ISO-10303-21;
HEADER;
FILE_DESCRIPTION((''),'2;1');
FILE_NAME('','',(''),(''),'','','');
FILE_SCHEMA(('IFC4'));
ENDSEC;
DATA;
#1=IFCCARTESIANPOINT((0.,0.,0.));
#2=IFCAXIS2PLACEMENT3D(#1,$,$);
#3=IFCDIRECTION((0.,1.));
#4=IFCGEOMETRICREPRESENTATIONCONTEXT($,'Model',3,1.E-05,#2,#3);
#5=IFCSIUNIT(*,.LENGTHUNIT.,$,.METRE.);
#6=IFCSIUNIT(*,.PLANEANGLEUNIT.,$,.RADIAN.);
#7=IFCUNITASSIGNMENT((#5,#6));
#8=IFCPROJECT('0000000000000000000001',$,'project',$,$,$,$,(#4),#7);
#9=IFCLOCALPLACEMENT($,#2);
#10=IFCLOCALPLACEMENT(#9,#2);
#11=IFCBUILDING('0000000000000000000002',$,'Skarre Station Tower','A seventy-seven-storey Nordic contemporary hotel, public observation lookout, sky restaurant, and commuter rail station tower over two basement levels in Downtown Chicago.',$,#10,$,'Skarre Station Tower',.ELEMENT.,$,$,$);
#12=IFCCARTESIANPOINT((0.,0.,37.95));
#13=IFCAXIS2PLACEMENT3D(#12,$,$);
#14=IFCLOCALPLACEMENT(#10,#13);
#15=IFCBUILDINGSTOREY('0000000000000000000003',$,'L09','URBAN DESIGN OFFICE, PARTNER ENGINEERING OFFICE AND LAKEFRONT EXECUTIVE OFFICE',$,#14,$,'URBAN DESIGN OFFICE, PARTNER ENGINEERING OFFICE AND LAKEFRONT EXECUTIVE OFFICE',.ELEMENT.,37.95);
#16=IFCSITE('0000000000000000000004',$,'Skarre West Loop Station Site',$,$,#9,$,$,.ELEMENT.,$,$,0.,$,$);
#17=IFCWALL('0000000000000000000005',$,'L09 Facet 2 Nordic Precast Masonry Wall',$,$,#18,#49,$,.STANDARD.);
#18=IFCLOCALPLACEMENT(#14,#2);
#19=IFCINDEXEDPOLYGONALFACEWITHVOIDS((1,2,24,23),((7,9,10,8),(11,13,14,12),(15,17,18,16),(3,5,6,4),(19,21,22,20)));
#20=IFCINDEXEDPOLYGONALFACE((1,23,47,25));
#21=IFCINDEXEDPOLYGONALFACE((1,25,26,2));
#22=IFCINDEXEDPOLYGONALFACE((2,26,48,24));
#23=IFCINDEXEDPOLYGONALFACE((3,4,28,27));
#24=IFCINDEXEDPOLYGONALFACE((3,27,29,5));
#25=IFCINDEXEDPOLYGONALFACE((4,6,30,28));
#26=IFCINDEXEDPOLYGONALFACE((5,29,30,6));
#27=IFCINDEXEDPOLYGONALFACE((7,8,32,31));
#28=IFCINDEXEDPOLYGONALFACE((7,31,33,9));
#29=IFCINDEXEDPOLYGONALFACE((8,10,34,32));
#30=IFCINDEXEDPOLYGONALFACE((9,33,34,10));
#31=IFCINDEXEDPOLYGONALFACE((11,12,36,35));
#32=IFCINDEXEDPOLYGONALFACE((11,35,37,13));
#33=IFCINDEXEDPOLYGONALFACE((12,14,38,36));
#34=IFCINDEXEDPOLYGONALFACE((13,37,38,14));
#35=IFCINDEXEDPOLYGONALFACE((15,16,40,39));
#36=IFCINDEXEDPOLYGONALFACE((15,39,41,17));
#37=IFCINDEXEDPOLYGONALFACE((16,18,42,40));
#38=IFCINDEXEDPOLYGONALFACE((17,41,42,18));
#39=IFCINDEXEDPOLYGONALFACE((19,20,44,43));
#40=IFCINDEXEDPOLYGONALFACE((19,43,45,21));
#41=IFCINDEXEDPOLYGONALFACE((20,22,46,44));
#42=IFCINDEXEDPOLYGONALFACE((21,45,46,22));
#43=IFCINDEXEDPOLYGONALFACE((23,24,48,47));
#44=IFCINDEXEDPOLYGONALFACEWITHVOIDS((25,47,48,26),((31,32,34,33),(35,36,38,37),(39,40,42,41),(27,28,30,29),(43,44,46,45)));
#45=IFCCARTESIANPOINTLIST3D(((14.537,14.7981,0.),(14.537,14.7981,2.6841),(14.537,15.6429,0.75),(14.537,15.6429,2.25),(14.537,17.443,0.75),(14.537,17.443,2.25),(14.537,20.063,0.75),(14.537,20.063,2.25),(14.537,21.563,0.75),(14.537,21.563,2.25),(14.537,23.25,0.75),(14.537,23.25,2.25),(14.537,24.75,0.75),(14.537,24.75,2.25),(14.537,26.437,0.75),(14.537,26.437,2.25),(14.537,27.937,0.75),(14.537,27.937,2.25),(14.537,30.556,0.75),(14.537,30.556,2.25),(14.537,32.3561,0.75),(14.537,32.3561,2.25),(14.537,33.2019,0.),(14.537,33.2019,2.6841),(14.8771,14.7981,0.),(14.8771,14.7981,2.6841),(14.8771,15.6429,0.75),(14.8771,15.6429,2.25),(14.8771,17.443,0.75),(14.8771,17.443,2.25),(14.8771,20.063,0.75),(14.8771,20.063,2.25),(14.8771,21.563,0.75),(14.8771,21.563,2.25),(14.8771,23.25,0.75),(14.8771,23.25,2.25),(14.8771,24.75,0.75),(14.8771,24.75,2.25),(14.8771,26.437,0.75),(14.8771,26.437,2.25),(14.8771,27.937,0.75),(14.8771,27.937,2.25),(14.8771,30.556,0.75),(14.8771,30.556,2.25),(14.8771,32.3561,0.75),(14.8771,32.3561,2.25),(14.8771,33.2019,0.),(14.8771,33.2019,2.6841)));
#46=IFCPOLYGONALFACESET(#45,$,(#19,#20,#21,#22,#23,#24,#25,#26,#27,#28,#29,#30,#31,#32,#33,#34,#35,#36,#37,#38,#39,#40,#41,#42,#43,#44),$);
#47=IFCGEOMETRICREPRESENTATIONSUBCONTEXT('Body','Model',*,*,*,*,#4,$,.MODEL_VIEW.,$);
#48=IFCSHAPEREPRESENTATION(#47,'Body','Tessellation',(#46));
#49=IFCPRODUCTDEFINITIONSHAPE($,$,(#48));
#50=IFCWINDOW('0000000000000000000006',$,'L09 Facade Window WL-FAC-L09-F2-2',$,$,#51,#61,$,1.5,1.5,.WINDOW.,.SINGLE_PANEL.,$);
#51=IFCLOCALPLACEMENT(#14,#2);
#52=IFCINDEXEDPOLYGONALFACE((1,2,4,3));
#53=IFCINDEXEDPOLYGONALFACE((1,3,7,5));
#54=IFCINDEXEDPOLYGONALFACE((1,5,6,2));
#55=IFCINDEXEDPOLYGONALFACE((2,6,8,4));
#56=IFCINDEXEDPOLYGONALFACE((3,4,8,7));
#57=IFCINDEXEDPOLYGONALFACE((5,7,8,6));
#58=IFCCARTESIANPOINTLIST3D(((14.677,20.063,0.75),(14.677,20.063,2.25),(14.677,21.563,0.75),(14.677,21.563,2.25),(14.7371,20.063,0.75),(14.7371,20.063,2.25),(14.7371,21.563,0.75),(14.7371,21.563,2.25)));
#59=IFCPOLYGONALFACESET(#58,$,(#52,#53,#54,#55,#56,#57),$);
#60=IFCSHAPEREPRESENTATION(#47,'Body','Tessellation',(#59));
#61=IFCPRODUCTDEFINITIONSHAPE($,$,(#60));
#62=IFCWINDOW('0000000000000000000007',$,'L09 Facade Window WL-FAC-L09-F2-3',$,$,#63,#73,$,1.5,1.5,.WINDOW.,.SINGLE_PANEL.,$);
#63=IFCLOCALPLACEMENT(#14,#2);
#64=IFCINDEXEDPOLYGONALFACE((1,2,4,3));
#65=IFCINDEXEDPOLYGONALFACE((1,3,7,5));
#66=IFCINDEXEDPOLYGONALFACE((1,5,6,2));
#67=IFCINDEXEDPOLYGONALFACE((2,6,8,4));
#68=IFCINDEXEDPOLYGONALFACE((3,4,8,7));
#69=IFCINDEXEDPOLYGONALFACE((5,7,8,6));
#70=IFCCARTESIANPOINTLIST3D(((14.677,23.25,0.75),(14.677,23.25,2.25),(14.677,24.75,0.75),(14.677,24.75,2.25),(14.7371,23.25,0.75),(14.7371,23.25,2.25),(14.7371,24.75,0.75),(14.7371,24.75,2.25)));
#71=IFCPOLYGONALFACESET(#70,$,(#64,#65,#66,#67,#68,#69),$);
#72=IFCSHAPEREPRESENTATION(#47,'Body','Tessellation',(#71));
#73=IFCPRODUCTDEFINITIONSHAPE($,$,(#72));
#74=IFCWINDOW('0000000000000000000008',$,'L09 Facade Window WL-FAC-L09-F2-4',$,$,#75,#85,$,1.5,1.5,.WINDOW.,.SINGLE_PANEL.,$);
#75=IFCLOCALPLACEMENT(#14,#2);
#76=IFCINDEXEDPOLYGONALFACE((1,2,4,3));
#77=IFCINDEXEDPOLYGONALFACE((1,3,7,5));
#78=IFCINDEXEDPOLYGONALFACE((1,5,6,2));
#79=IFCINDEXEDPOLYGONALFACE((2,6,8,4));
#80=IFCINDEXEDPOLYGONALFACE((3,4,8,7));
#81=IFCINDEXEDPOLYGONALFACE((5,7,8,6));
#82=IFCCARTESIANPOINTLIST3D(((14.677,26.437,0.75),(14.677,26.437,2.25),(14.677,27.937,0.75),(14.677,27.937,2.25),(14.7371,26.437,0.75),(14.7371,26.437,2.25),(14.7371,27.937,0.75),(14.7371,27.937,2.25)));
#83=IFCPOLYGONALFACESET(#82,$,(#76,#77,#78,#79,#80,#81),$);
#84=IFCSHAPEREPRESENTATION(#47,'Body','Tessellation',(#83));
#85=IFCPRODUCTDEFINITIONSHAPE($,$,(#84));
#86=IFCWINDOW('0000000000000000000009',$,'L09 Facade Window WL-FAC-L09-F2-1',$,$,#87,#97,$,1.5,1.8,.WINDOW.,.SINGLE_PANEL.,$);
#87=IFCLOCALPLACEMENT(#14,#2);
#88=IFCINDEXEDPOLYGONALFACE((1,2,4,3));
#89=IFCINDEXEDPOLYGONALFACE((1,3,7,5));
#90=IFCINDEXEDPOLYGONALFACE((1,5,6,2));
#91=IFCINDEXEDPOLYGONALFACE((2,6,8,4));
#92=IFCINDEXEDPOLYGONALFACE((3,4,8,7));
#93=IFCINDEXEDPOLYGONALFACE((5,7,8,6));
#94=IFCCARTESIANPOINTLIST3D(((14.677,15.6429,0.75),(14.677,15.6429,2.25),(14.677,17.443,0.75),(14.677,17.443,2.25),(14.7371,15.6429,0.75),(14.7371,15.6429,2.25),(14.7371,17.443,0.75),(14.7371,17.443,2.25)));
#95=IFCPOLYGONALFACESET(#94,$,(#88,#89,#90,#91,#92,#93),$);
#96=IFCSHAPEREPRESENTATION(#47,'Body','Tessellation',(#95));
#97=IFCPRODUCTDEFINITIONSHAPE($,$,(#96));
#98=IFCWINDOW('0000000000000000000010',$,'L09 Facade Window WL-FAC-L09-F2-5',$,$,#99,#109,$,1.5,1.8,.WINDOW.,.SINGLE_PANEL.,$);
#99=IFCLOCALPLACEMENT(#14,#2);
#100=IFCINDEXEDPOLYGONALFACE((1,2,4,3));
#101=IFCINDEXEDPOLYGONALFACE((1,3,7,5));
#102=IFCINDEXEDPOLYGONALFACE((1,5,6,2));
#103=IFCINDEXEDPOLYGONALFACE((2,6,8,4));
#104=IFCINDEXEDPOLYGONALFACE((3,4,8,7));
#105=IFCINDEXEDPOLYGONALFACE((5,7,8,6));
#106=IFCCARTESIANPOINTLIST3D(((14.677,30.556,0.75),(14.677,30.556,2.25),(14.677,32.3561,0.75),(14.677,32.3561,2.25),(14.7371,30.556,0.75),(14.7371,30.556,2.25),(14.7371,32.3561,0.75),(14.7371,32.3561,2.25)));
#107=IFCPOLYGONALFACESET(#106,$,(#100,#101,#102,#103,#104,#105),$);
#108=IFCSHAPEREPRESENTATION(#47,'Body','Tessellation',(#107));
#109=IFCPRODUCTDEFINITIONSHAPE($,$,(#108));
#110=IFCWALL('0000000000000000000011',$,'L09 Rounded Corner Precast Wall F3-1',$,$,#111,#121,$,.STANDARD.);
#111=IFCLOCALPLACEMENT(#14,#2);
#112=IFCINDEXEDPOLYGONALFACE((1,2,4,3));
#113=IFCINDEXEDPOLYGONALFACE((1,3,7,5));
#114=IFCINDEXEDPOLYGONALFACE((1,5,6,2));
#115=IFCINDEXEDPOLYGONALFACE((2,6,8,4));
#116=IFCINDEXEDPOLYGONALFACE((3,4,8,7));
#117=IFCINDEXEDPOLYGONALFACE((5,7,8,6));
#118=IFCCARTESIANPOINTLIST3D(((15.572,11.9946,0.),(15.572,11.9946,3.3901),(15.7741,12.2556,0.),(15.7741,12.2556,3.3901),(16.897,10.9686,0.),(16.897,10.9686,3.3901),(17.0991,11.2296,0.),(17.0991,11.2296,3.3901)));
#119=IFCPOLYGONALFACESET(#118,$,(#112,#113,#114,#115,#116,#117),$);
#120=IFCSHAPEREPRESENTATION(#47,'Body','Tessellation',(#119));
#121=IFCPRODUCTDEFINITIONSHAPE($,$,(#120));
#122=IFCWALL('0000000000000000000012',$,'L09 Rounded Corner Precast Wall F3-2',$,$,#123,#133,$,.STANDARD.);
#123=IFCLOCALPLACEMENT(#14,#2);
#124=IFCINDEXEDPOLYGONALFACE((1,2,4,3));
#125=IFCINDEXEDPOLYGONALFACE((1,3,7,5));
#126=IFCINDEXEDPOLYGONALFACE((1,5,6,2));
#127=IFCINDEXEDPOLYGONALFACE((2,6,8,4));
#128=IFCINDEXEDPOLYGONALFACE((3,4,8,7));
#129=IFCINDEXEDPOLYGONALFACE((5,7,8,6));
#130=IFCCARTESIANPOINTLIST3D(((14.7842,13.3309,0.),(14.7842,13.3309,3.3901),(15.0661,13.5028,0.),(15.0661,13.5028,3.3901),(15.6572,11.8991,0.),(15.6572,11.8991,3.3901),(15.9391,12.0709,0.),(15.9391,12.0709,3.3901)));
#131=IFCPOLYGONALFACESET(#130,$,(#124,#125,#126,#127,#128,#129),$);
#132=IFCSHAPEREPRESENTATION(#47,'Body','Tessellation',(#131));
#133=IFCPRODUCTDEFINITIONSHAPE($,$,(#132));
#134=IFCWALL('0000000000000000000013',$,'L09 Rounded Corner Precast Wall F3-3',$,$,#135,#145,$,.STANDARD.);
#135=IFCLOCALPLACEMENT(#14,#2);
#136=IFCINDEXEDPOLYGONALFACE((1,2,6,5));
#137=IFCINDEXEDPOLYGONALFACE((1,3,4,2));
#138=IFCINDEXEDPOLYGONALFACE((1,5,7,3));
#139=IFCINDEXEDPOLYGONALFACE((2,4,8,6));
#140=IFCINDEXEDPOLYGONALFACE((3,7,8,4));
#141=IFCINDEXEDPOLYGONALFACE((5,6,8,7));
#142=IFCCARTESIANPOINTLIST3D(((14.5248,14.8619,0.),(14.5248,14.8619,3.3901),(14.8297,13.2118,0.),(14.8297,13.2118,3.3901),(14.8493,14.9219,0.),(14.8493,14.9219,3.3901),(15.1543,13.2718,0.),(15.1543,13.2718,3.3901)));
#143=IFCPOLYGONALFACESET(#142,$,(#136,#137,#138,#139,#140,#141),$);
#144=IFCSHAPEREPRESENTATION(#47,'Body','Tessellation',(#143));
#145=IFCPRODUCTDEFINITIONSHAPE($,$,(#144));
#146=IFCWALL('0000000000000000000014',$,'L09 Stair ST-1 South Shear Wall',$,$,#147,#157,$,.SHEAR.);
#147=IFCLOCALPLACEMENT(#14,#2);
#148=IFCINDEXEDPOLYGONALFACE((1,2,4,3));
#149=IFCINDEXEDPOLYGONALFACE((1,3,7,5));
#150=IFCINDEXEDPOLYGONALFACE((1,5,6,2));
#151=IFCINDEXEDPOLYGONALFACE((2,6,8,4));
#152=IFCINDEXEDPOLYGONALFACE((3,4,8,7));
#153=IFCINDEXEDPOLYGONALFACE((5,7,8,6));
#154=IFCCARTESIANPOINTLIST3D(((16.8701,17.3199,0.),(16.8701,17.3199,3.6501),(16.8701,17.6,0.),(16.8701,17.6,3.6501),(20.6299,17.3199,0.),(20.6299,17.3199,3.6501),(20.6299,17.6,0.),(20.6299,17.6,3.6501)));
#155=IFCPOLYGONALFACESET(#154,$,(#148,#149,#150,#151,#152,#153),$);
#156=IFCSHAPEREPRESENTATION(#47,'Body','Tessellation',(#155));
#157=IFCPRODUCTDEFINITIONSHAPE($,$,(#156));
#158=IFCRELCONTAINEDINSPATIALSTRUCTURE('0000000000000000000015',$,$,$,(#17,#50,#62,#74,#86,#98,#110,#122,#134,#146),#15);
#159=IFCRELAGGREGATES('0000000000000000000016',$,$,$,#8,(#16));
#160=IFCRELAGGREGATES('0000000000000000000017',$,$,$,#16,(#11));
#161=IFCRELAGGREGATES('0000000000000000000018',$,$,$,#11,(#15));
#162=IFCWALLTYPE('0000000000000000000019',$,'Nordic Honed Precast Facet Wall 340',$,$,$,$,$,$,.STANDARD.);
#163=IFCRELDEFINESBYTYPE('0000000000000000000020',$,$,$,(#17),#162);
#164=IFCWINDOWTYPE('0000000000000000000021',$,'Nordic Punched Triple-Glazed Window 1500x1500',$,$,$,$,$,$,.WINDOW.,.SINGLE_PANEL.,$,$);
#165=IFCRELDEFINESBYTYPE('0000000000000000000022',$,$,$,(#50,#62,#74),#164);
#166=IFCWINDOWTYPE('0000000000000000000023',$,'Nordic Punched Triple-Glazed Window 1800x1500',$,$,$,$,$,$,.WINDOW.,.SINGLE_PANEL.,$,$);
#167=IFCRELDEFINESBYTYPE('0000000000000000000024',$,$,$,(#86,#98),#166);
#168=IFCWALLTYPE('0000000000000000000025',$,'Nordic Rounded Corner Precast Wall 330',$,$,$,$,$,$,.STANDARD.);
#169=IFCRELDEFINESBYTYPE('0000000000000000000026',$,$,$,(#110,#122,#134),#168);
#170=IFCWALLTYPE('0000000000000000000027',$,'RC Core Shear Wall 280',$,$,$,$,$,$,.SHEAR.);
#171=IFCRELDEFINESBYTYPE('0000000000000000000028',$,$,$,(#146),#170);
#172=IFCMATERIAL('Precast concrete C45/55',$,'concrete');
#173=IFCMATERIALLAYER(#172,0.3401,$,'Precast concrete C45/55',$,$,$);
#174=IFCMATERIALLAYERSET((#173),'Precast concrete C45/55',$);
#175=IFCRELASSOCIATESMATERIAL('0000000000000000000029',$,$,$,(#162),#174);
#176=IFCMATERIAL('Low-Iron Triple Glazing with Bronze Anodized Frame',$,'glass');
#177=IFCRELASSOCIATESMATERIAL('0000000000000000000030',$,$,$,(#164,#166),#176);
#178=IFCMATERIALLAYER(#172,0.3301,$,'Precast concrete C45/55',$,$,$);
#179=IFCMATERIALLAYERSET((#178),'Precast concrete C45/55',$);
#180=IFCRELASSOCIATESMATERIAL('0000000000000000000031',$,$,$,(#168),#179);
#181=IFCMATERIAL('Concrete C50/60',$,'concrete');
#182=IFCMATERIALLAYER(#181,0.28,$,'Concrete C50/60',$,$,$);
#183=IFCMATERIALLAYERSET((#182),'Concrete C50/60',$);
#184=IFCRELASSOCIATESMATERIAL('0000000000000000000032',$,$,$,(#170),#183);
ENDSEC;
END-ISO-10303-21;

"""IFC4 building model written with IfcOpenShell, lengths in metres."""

from ifc_helpers import new_model, si_unit, direction, frame, frame_2d, origin, place, context, subcontext, project, spatial, rectangle, extrude, material, layer, layer_set, type_object, element, fill, save


model = new_model("IFC4")

# Units and contexts
model_context = context("Model", 3, precision=1e-05, world=origin(), true_north=direction((0.0, 1.0)))
body_context = subcontext(model_context, "Body", "Model", "MODEL_VIEW")
ifc_project = project(units=[si_unit("LENGTHUNIT", "METRE"), si_unit("PLANEANGLEUNIT", "RADIAN")], contexts=[model_context])

# Site, building, storey
site_placement = place(None, origin())
site = spatial("IfcSite", under=ifc_project, at=site_placement, Name="Skarre West Loop Station Site", CompositionType="ELEMENT", RefElevation=0.0)
building_placement = place(site_placement, origin())
building = spatial("IfcBuilding", under=site, at=building_placement, Name="Skarre Station Tower", Description="A seventy-seven-storey Nordic contemporary hotel, public observation lookout, sky restaurant, and commuter rail station tower over two basement levels in Downtown Chicago.", LongName="Skarre Station Tower", CompositionType="ELEMENT")
storey_placement = place(building_placement, frame((0.0, 0.0, 37.95)))
storey = spatial("IfcBuildingStorey", under=building, at=storey_placement, Name="L09", Description="URBAN DESIGN OFFICE, PARTNER ENGINEERING OFFICE AND LAKEFRONT EXECUTIVE OFFICE", LongName="URBAN DESIGN OFFICE, PARTNER ENGINEERING OFFICE AND LAKEFRONT EXECUTIVE OFFICE", CompositionType="ELEMENT", Elevation=37.95)

# Shared definitions
ifc_material_1 = material(Name="Concrete C50/60", Category="concrete")

# Wall, openings, windows
ifc_material_2 = material(Name="Precast concrete C45/55", Category="concrete")
ifc_layer_1 = layer(ifc_material_2, 0.3401, Name="Precast concrete C45/55")
ifc_layer_set_1 = layer_set([ifc_layer_1], Name="Precast concrete C45/55")
wall_type_1 = type_object("IfcWallType", Name="Nordic Honed Precast Facet Wall 340", PredefinedType="STANDARD", material=ifc_layer_set_1)
wall_1_placement = place(storey_placement, frame((14.707, 14.7981, 0.0), z_axis=(0.0, 0.0, 1.0), x_axis=(0.0, 1.0, 0.0)))
wall_1 = element("IfcWall", 1, at=wall_1_placement, inside=storey, type_object=wall_type_1, Name="L09 Facet 2 Nordic Precast Masonry Wall", PredefinedType="STANDARD", context=body_context, shape_type="SweptSolid", body=[
    extrude(rectangle(XDim=18.4038, YDim=0.3401, at=frame_2d((9.2019, 0.0))), origin(), (0.0, 0.0, 1.0), 2.6841),
])
opening_1_placement = place(wall_1_placement, frame((0.845, 0.0, 0.75)))
opening_1 = element("IfcOpeningElement", 2, at=opening_1_placement, cuts=wall_1, PredefinedType="OPENING", context=body_context, shape_type="SweptSolid", body=[
    extrude(rectangle(XDim=1.8, YDim=1.5, at=frame_2d((0.8999, 0.75))), frame((0.0, 0.1799, 0.0), z_axis=(0.0, -1.0, 0.0), x_axis=(1.0, 0.0, 0.0)), (0.0, 0.0, 1.0), 0.3601),
])
opening_2_placement = place(wall_1_placement, frame((5.2649, 0.0, 0.75)))
opening_2 = element("IfcOpeningElement", 3, at=opening_2_placement, cuts=wall_1, PredefinedType="OPENING", context=body_context, shape_type="SweptSolid", body=[
    extrude(rectangle(XDim=1.5, YDim=1.5, at=frame_2d((0.75, 0.75))), frame((0.0, 0.1799, 0.0), z_axis=(0.0, -1.0, 0.0), x_axis=(1.0, 0.0, 0.0)), (0.0, 0.0, 1.0), 0.3601),
])
opening_3_placement = place(wall_1_placement, frame((8.4519, 0.0, 0.75)))
opening_3 = element("IfcOpeningElement", 4, at=opening_3_placement, cuts=wall_1, PredefinedType="OPENING", context=body_context, shape_type="SweptSolid", body=[
    extrude(rectangle(XDim=1.5, YDim=1.5, at=frame_2d((0.75, 0.75))), frame((0.0, 0.1799, 0.0), z_axis=(0.0, -1.0, 0.0), x_axis=(1.0, 0.0, 0.0)), (0.0, 0.0, 1.0), 0.3601),
])
opening_4_placement = place(wall_1_placement, frame((11.6389, 0.0, 0.75)))
opening_4 = element("IfcOpeningElement", 5, at=opening_4_placement, cuts=wall_1, PredefinedType="OPENING", context=body_context, shape_type="SweptSolid", body=[
    extrude(rectangle(XDim=1.5, YDim=1.5, at=frame_2d((0.75, 0.75))), frame((0.0, 0.1799, 0.0), z_axis=(0.0, -1.0, 0.0), x_axis=(1.0, 0.0, 0.0)), (0.0, 0.0, 1.0), 0.3601),
])
opening_5_placement = place(wall_1_placement, frame((15.7581, 0.0, 0.75)))
opening_5 = element("IfcOpeningElement", 6, at=opening_5_placement, cuts=wall_1, PredefinedType="OPENING", context=body_context, shape_type="SweptSolid", body=[
    extrude(rectangle(XDim=1.8, YDim=1.5, at=frame_2d((0.8999, 0.75))), frame((0.0, 0.1799, 0.0), z_axis=(0.0, -1.0, 0.0), x_axis=(1.0, 0.0, 0.0)), (0.0, 0.0, 1.0), 0.3601),
])
ifc_material_3 = material(Name="Low-Iron Triple Glazing with Bronze Anodized Frame", Category="glass")
window_type_1 = type_object("IfcWindowType", Name="Nordic Punched Triple-Glazed Window 1500x1500", PartitioningType="SINGLE_PANEL", PredefinedType="WINDOW", material=ifc_material_3)
window_1_placement = place(opening_2_placement, origin())
window_1 = element("IfcWindow", 7, at=window_1_placement, inside=storey, type_object=window_type_1, Name="L09 Facade Window WL-FAC-L09-F2-2", OverallHeight=1.5, OverallWidth=1.5, PartitioningType="SINGLE_PANEL", PredefinedType="WINDOW", context=body_context, shape_type="SweptSolid", body=[
    extrude(rectangle(XDim=1.5, YDim=1.5, at=frame_2d((0.75, 0.75))), frame((0.0, 0.03, 0.0), z_axis=(0.0, -1.0, 0.0), x_axis=(1.0, 0.0, 0.0)), (0.0, 0.0, 1.0), 0.0601),
])
fill(opening_2, window_1)
window_2_placement = place(opening_3_placement, origin())
window_2 = element("IfcWindow", 8, at=window_2_placement, inside=storey, type_object=window_type_1, Name="L09 Facade Window WL-FAC-L09-F2-3", OverallHeight=1.5, OverallWidth=1.5, PartitioningType="SINGLE_PANEL", PredefinedType="WINDOW", context=body_context, shape_type="SweptSolid", body=[
    extrude(rectangle(XDim=1.5, YDim=1.5, at=frame_2d((0.75, 0.75))), frame((0.0, 0.03, 0.0), z_axis=(0.0, -1.0, 0.0), x_axis=(1.0, 0.0, 0.0)), (0.0, 0.0, 1.0), 0.0601),
])
fill(opening_3, window_2)
window_3_placement = place(opening_4_placement, origin())
window_3 = element("IfcWindow", 9, at=window_3_placement, inside=storey, type_object=window_type_1, Name="L09 Facade Window WL-FAC-L09-F2-4", OverallHeight=1.5, OverallWidth=1.5, PartitioningType="SINGLE_PANEL", PredefinedType="WINDOW", context=body_context, shape_type="SweptSolid", body=[
    extrude(rectangle(XDim=1.5, YDim=1.5, at=frame_2d((0.75, 0.75))), frame((0.0, 0.03, 0.0), z_axis=(0.0, -1.0, 0.0), x_axis=(1.0, 0.0, 0.0)), (0.0, 0.0, 1.0), 0.0601),
])
fill(opening_4, window_3)
window_type_2 = type_object("IfcWindowType", Name="Nordic Punched Triple-Glazed Window 1800x1500", PartitioningType="SINGLE_PANEL", PredefinedType="WINDOW", material=ifc_material_3)
window_4_placement = place(opening_1_placement, origin())
window_4 = element("IfcWindow", 10, at=window_4_placement, inside=storey, type_object=window_type_2, Name="L09 Facade Window WL-FAC-L09-F2-1", OverallHeight=1.5, OverallWidth=1.8, PartitioningType="SINGLE_PANEL", PredefinedType="WINDOW", context=body_context, shape_type="SweptSolid", body=[
    extrude(rectangle(XDim=1.8, YDim=1.5, at=frame_2d((0.8999, 0.75))), frame((0.0, 0.03, 0.0), z_axis=(0.0, -1.0, 0.0), x_axis=(1.0, 0.0, 0.0)), (0.0, 0.0, 1.0), 0.0601),
])
fill(opening_1, window_4)
window_5_placement = place(opening_5_placement, origin())
window_5 = element("IfcWindow", 11, at=window_5_placement, inside=storey, type_object=window_type_2, Name="L09 Facade Window WL-FAC-L09-F2-5", OverallHeight=1.5, OverallWidth=1.8, PartitioningType="SINGLE_PANEL", PredefinedType="WINDOW", context=body_context, shape_type="SweptSolid", body=[
    extrude(rectangle(XDim=1.8, YDim=1.5, at=frame_2d((0.8999, 0.75))), frame((0.0, 0.03, 0.0), z_axis=(0.0, -1.0, 0.0), x_axis=(1.0, 0.0, 0.0)), (0.0, 0.0, 1.0), 0.0601),
])
fill(opening_5, window_5)

# Walls
ifc_layer_2 = layer(ifc_material_2, 0.3301, Name="Precast concrete C45/55")
ifc_layer_set_2 = layer_set([ifc_layer_2], Name="Precast concrete C45/55")
wall_type_2 = type_object("IfcWallType", Name="Nordic Rounded Corner Precast Wall 330", PredefinedType="STANDARD", material=ifc_layer_set_2)
wall_2_placement = place(storey_placement, frame((16.998, 11.0991, 0.0), z_axis=(0.0, 0.0, 1.0), x_axis=(-0.790692, 0.612214, 0.0)))
element("IfcWall", 12, at=wall_2_placement, inside=storey, type_object=wall_type_2, Name="L09 Rounded Corner Precast Wall F3-1", PredefinedType="STANDARD", context=body_context, shape_type="SweptSolid", body=[
    extrude(rectangle(XDim=1.6758, YDim=0.3301, at=frame_2d((0.8379, 0.0))), origin(), (0.0, 0.0, 1.0), 3.3901),
])
wall_3_placement = place(storey_placement, frame((15.7981, 11.9851, 0.0), z_axis=(0.0, 0.0, 1.0), x_axis=(-0.520584, 0.85381, 0.0)))
element("IfcWall", 13, at=wall_3_placement, inside=storey, type_object=wall_type_2, Name="L09 Rounded Corner Precast Wall F3-2", PredefinedType="STANDARD", context=body_context, shape_type="SweptSolid", body=[
    extrude(rectangle(XDim=1.677, YDim=0.3301, at=frame_2d((0.8384, 0.0))), origin(), (0.0, 0.0, 1.0), 3.3901),
])
wall_4_placement = place(storey_placement, frame((14.9919, 13.2419, 0.0), z_axis=(0.0, 0.0, 1.0), x_axis=(-0.181714, 0.983351, 0.0)))
element("IfcWall", 14, at=wall_4_placement, inside=storey, type_object=wall_type_2, Name="L09 Rounded Corner Precast Wall F3-3", PredefinedType="STANDARD", context=body_context, shape_type="SweptSolid", body=[
    extrude(rectangle(XDim=1.678, YDim=0.3301, at=frame_2d((0.8389, 0.0))), origin(), (0.0, 0.0, 1.0), 3.3901),
])
ifc_layer_3 = layer(ifc_material_1, 0.28, Name="Concrete C50/60")
ifc_layer_set_3 = layer_set([ifc_layer_3], Name="Concrete C50/60")
wall_type_3 = type_object("IfcWallType", Name="RC Core Shear Wall 280", PredefinedType="SHEAR", material=ifc_layer_set_3)
wall_5_placement = place(storey_placement, frame((16.8701, 17.46, 0.0), z_axis=(0.0, 0.0, 1.0), x_axis=(1.0, 0.0, 0.0)))
element("IfcWall", 15, at=wall_5_placement, inside=storey, type_object=wall_type_3, Name="L09 Stair ST-1 South Shear Wall", PredefinedType="SHEAR", context=body_context, shape_type="SweptSolid", body=[
    extrude(rectangle(XDim=3.7598, YDim=0.28, at=frame_2d((1.8799, 0.0))), origin(), (0.0, 0.0, 1.0), 3.6501),
])

save(model, "model.ifc")
